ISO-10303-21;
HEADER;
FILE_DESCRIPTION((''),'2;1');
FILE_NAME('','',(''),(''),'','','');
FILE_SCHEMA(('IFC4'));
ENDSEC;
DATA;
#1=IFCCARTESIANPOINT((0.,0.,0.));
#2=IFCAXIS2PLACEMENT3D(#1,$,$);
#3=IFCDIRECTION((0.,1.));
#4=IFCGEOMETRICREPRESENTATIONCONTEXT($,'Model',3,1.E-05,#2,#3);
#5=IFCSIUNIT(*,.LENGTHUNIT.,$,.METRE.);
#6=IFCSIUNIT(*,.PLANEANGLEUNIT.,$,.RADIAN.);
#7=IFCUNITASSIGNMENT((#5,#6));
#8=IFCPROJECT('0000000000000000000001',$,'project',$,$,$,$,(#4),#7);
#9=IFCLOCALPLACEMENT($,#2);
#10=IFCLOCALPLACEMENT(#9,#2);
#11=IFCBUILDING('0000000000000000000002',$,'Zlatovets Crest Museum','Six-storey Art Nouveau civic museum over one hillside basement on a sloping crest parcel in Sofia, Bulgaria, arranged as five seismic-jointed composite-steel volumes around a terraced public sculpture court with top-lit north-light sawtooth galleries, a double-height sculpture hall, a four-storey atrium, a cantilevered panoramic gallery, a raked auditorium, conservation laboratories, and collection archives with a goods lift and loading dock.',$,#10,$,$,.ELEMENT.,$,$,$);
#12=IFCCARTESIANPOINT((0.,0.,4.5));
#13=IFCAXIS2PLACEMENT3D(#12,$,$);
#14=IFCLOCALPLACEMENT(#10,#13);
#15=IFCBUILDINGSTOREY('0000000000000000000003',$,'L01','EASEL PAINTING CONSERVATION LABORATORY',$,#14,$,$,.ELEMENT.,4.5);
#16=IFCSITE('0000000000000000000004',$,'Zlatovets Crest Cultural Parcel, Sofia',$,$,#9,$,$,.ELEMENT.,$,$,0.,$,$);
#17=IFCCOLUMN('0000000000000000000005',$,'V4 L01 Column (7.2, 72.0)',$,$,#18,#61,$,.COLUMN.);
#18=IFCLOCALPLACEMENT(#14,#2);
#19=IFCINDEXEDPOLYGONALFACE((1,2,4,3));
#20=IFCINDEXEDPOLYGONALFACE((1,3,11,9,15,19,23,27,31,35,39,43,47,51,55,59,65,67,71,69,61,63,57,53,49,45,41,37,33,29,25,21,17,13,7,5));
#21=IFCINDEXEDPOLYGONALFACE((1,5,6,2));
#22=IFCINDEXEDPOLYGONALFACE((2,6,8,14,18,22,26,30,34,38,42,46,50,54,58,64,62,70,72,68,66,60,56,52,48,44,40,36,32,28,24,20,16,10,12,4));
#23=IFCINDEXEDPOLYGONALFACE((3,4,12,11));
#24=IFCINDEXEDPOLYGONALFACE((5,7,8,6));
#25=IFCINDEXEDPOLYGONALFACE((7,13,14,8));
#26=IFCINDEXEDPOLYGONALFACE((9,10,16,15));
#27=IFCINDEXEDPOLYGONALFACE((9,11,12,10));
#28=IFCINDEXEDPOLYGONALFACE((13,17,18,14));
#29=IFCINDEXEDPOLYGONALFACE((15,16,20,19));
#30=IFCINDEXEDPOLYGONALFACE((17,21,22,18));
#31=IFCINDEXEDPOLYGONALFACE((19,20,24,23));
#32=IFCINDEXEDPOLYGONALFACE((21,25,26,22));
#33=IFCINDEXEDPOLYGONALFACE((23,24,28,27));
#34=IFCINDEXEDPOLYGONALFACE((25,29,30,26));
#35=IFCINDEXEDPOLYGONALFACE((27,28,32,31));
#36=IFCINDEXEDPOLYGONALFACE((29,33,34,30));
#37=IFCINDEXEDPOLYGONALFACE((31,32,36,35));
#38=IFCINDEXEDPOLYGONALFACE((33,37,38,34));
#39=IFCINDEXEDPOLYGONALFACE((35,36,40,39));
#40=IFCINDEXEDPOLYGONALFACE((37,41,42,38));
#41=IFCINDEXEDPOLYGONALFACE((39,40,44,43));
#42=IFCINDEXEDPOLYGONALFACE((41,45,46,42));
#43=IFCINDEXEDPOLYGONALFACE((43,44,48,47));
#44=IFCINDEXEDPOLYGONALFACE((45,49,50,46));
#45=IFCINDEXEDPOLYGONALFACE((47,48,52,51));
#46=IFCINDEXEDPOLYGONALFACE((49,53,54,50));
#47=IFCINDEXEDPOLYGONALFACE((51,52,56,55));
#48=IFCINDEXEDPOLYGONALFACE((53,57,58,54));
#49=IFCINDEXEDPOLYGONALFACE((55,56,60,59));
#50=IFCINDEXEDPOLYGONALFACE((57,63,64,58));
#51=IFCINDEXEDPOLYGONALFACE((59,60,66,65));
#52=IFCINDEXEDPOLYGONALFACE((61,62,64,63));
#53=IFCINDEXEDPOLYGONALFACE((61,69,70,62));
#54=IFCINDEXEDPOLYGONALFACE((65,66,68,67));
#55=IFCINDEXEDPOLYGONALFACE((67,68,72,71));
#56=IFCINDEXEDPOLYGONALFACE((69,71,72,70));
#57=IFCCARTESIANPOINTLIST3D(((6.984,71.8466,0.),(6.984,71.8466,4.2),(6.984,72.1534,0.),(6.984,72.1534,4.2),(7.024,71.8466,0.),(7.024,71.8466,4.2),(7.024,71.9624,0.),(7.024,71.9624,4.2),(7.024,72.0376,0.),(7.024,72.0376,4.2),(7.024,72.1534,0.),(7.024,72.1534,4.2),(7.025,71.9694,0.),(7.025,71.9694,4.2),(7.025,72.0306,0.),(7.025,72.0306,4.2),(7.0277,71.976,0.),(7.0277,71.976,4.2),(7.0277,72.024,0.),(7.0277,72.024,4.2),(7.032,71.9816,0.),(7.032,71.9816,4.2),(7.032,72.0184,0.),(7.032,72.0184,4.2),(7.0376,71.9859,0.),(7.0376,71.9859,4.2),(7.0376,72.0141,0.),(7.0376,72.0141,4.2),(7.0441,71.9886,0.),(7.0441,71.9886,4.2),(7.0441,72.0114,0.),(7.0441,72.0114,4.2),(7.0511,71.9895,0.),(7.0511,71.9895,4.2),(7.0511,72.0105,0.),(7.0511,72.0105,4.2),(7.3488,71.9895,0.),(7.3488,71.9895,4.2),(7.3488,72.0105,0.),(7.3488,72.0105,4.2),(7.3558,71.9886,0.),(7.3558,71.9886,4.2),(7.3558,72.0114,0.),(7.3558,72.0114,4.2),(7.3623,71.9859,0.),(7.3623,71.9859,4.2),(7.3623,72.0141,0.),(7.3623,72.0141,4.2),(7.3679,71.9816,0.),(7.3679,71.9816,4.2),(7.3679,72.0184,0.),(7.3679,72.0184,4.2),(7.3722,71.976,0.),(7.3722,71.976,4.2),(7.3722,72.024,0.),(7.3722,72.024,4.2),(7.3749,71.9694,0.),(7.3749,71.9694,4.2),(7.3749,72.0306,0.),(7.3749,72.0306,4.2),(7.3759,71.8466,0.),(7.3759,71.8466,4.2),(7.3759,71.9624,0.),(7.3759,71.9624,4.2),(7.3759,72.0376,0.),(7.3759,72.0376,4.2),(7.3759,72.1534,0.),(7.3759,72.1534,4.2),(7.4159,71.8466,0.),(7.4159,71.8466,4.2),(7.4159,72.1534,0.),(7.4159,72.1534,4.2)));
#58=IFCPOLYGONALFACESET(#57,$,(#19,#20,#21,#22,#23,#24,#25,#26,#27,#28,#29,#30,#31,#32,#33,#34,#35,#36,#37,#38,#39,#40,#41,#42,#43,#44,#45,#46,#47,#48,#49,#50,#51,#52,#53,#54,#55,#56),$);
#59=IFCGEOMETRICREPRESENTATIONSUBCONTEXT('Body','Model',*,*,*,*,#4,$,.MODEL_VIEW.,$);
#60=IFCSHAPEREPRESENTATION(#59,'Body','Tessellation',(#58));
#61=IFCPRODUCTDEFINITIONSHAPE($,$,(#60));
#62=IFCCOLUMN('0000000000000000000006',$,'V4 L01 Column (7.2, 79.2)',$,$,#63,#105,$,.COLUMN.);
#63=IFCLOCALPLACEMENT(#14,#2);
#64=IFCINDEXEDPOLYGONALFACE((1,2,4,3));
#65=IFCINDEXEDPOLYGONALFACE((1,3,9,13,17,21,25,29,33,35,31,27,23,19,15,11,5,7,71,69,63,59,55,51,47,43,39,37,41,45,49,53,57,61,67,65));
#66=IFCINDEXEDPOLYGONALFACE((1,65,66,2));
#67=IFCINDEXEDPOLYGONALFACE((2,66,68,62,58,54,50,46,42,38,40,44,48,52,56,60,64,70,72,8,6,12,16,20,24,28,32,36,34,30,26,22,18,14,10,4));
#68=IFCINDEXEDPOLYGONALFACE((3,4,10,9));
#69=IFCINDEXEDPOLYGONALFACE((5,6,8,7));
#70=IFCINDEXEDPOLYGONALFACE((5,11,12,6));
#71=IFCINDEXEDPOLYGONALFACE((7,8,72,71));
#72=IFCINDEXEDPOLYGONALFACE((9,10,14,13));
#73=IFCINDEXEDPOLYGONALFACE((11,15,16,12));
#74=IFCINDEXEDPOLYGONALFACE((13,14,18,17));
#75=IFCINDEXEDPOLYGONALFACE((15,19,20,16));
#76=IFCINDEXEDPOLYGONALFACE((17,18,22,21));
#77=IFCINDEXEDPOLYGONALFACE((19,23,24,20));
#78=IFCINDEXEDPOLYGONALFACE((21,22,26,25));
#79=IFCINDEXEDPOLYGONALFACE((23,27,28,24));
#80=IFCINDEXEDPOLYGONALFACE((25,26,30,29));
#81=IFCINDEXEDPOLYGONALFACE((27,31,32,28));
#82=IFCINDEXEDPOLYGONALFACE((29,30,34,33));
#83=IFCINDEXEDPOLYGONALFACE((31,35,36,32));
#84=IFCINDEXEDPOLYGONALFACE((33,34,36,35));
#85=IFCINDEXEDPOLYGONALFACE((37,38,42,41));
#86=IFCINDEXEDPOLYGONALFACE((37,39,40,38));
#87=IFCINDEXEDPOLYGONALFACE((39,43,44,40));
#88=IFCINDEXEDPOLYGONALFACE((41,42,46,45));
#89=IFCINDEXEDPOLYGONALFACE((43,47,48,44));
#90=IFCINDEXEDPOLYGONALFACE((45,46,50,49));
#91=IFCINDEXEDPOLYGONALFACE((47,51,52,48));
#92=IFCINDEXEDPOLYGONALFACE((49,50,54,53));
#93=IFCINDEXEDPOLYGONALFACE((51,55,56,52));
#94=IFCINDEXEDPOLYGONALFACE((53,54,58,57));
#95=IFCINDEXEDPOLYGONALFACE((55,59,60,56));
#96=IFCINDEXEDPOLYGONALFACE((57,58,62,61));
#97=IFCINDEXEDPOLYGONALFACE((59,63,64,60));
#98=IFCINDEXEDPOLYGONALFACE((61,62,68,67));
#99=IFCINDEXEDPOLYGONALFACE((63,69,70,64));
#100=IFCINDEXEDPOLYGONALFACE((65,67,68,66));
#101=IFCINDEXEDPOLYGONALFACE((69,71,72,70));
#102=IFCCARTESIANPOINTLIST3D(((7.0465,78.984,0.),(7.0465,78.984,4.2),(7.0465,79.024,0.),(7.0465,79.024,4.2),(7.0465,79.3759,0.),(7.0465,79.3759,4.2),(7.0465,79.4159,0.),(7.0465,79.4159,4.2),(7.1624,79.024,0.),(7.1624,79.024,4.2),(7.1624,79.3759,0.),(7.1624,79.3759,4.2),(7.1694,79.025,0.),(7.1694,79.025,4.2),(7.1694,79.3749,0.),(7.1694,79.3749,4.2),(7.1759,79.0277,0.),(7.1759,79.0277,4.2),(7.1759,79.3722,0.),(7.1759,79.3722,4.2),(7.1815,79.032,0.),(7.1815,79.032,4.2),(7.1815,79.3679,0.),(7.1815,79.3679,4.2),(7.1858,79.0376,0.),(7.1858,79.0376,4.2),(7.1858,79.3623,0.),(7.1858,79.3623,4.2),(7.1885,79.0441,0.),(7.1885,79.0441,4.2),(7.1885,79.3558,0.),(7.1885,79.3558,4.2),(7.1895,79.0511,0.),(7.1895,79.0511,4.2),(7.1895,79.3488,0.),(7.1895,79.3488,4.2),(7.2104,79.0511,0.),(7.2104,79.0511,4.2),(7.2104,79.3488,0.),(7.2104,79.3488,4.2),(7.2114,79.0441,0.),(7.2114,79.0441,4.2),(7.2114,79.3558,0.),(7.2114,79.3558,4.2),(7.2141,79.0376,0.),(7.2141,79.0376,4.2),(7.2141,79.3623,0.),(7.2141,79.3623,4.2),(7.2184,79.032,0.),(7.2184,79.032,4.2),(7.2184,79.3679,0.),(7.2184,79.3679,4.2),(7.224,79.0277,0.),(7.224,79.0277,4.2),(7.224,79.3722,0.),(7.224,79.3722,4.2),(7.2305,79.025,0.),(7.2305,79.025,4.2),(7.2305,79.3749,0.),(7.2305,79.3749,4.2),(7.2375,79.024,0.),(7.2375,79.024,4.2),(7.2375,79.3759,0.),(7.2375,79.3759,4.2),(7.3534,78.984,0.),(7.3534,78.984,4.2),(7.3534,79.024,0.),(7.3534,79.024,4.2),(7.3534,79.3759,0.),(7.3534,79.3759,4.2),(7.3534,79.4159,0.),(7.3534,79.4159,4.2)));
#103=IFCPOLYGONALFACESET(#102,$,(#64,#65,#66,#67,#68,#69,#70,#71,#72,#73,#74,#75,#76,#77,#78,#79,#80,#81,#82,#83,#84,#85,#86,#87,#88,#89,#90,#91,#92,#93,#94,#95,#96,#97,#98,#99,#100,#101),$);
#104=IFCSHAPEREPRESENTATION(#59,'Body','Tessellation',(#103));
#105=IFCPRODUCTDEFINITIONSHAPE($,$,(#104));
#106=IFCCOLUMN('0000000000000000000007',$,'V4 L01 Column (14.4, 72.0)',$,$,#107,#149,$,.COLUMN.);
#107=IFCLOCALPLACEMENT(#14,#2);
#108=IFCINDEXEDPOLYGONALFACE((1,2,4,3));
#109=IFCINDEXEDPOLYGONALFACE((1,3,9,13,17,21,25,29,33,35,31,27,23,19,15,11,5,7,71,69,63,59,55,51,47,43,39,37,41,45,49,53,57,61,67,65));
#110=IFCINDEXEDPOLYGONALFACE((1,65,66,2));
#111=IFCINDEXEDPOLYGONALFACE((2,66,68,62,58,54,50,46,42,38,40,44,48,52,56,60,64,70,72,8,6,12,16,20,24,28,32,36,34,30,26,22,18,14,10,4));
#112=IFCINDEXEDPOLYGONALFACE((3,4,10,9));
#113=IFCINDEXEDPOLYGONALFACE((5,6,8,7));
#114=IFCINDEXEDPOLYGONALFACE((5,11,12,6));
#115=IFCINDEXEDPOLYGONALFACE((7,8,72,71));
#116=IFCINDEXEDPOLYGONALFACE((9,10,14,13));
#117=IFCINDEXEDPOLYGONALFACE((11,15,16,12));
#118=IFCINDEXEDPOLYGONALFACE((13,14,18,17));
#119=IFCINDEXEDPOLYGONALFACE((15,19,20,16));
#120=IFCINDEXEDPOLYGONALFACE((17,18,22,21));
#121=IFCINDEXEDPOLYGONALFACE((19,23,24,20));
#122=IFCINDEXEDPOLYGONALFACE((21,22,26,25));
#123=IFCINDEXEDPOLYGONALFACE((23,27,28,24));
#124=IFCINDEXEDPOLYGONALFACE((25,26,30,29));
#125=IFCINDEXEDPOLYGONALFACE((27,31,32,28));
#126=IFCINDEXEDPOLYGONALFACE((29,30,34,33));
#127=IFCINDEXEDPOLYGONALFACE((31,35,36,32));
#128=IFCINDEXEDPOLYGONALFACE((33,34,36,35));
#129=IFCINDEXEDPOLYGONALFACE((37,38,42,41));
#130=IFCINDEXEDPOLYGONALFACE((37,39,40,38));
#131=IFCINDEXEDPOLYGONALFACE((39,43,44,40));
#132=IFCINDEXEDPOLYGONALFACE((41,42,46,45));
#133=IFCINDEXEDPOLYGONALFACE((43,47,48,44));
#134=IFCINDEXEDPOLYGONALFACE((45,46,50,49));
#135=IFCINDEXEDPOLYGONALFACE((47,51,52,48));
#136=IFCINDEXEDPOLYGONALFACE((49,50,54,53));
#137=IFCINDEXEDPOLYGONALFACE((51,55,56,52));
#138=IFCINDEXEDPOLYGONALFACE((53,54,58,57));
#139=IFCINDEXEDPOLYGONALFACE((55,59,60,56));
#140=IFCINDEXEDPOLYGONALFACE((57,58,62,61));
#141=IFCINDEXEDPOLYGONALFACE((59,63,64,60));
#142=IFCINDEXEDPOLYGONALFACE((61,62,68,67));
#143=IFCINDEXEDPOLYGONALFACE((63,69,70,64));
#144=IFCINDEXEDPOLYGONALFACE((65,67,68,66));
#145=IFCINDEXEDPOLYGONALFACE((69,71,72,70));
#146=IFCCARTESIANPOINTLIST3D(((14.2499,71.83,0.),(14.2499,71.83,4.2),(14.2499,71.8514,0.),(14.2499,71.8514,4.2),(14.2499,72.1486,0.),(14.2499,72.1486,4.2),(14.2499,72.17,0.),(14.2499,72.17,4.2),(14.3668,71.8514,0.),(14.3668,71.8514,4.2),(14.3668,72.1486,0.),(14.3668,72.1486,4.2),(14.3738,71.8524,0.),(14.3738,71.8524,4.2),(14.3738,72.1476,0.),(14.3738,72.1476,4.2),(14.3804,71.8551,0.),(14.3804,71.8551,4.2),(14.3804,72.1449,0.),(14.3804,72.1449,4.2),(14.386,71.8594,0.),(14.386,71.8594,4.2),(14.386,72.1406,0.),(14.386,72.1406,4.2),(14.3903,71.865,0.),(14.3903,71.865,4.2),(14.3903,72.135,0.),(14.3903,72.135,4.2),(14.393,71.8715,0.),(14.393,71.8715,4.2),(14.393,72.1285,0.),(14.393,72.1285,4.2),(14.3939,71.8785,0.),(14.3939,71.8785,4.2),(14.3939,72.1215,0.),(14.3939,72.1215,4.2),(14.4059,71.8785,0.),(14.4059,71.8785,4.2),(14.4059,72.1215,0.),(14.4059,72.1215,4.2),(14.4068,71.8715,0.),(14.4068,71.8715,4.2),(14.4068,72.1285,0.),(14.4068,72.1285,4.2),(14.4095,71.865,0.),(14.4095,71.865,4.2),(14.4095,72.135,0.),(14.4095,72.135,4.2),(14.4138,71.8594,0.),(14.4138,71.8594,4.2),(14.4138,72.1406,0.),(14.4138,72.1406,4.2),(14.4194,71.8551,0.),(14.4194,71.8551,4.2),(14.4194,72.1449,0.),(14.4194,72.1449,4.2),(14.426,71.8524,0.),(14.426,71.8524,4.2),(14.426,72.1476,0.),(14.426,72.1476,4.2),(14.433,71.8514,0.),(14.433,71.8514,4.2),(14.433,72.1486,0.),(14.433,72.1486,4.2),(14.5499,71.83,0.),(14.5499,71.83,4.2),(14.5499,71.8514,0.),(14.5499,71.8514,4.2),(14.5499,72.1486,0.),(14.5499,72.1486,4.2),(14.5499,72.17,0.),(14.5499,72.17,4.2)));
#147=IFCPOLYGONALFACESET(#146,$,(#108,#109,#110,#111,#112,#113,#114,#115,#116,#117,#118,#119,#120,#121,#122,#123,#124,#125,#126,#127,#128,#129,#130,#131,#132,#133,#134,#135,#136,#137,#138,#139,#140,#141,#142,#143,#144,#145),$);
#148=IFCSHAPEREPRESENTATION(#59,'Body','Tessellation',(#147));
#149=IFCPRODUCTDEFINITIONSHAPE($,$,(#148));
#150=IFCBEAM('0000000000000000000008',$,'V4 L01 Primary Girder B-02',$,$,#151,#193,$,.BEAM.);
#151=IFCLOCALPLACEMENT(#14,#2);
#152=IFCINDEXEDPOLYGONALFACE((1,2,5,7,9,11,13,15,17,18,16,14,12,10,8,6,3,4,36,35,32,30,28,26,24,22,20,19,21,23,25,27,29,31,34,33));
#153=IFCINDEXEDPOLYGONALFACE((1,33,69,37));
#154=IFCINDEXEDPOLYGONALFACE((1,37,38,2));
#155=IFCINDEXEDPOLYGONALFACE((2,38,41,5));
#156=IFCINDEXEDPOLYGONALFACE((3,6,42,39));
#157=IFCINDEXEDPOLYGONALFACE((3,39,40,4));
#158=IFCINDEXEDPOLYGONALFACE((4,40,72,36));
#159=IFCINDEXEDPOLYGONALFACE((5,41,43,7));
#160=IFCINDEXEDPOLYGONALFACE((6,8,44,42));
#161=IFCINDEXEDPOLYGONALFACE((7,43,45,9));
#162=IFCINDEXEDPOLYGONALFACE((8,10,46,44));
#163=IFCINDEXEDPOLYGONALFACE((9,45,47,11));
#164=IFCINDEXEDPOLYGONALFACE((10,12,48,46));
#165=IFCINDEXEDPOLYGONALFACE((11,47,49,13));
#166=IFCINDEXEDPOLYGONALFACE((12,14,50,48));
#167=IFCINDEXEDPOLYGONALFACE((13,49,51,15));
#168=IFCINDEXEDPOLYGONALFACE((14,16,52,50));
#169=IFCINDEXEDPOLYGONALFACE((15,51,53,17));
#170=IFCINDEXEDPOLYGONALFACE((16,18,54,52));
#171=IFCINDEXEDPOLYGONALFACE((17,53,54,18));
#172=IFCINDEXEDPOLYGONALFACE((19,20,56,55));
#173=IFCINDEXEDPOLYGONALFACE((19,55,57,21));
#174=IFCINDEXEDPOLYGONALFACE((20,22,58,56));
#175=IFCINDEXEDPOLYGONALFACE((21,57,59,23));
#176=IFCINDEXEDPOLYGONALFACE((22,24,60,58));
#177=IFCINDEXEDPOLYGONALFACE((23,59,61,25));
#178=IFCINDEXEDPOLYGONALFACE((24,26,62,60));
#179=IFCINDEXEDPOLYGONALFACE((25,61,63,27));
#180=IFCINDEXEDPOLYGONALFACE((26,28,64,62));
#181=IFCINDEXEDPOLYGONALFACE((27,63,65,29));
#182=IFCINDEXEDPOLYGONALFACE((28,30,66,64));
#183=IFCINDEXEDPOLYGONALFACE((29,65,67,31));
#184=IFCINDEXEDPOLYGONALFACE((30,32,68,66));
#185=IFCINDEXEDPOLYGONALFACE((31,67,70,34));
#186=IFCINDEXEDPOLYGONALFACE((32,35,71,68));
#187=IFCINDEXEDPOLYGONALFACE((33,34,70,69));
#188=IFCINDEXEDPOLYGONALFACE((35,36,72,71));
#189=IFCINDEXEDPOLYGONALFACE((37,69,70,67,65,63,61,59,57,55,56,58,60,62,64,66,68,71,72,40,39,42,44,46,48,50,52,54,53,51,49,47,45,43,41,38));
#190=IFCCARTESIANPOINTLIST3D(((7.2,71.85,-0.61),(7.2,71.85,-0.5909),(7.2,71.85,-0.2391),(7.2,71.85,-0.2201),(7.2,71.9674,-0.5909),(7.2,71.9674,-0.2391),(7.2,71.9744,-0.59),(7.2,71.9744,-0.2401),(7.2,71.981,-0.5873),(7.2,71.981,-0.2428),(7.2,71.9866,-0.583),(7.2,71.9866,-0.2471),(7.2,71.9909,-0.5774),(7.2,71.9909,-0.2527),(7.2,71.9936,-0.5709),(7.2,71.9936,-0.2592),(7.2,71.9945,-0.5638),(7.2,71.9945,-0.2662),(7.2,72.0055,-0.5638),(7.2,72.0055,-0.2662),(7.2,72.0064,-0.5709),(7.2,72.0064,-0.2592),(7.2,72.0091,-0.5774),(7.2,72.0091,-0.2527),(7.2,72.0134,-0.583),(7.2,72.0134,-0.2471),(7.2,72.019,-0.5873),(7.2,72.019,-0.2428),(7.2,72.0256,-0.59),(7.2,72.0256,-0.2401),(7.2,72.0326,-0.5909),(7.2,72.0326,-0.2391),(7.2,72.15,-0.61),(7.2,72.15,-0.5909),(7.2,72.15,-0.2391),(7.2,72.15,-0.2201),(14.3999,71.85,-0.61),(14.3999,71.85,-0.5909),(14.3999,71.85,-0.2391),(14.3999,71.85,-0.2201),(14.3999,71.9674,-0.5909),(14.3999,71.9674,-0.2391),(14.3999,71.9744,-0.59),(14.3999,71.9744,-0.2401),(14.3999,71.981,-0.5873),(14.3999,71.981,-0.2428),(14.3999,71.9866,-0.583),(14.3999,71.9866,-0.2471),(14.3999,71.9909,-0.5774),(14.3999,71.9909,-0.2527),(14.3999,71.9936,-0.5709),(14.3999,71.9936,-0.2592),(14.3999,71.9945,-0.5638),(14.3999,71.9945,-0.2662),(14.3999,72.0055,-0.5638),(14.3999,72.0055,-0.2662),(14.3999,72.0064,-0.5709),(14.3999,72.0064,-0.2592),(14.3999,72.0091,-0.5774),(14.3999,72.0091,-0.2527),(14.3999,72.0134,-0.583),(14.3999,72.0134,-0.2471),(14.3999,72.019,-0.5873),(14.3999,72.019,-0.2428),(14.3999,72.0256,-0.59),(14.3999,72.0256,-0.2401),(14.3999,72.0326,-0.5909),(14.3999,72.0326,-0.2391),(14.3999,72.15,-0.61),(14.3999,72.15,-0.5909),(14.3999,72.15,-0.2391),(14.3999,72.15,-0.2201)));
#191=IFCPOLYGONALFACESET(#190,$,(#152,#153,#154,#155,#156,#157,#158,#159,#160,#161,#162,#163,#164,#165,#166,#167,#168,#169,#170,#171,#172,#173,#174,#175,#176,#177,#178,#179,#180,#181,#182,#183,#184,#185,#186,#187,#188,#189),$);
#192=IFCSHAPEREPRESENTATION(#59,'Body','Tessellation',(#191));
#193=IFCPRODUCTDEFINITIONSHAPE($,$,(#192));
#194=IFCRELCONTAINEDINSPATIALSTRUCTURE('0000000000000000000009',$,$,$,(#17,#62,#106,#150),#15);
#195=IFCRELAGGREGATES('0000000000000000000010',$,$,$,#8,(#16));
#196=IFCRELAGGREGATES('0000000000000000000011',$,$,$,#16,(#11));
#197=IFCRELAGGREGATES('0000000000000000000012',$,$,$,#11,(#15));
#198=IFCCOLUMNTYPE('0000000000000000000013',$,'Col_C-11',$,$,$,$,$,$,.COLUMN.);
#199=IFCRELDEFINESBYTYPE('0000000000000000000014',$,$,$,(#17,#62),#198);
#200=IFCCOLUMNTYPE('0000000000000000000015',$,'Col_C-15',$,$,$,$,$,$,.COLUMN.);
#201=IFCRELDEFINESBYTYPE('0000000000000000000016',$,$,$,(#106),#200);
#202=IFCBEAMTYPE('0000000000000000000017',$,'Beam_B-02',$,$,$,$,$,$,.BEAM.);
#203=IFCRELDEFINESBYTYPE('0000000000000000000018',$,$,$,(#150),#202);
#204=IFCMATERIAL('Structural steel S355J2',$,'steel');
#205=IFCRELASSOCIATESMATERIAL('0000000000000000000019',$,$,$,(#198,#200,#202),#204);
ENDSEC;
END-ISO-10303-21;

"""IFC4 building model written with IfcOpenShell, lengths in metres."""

from ifc_helpers import new_model, si_unit, direction, frame, origin, origin_2d, place, context, subcontext, project, spatial, i_section, extrude, material, material_profile, profile_set, type_object, element, save


model = new_model("IFC4")

# Units and contexts
model_context = context("Model", 3, precision=1e-05, world=origin(), true_north=direction((0.0, 1.0)))
body_context = subcontext(model_context, "Body", "Model", "MODEL_VIEW")
ifc_project = project(units=[si_unit("LENGTHUNIT", "METRE"), si_unit("PLANEANGLEUNIT", "RADIAN")], contexts=[model_context])

# Site, building, storey
site_placement = place(None, origin())
site = spatial("IfcSite", under=ifc_project, at=site_placement, Name="Zlatovets Crest Cultural Parcel, Sofia", CompositionType="ELEMENT", RefElevation=0.0)
building_placement = place(site_placement, origin())
building = spatial("IfcBuilding", under=site, at=building_placement, Name="Zlatovets Crest Museum", Description="Six-storey Art Nouveau civic museum over one hillside basement on a sloping crest parcel in Sofia, Bulgaria, arranged as five seismic-jointed composite-steel volumes around a terraced public sculpture court with top-lit north-light sawtooth galleries, a double-height sculpture hall, a four-storey atrium, a cantilevered panoramic gallery, a raked auditorium, conservation laboratories, and collection archives with a goods lift and loading dock.", CompositionType="ELEMENT")
storey_placement = place(building_placement, frame((0.0, 0.0, 4.5)))
storey = spatial("IfcBuildingStorey", under=building, at=storey_placement, Name="L01", Description="EASEL PAINTING CONSERVATION LABORATORY", CompositionType="ELEMENT", Elevation=4.5)

# Columns
ifc_material_1 = material(Name="Structural steel S355J2", Category="steel")
ifc_material_profile_1 = material_profile(ifc_material_1, i_section(OverallWidth=0.3069, OverallDepth=0.4319, WebThickness=0.021, FlangeThickness=0.04, FilletRadius=0.0271, at=origin_2d()), Name="HEM 400")
ifc_profile_set_1 = profile_set([ifc_material_profile_1], Name="Structural steel S355J2")
column_type_1 = type_object("IfcColumnType", Name="Col_C-11", PredefinedType="COLUMN", material=ifc_profile_set_1)
for number, where, z_axis, x_axis, name in (
    (1, (7.2, 72.0, 0.0), (0.0, 0.0, 1.0), (0.0, 1.0, 0.0), "V4 L01 Column (7.2, 72.0)"),
    (2, (7.2, 79.2, 0.0), (0.0, 0.0, 1.0), (1.0, 0.0, 0.0), "V4 L01 Column (7.2, 79.2)"),
):
    element("IfcColumn", number, at=place(storey_placement, frame(where, z_axis=z_axis, x_axis=x_axis)), inside=storey, type_object=column_type_1, Name=name, PredefinedType="COLUMN", context=body_context, shape_type="SweptSolid", body=[
        extrude(i_section(OverallWidth=0.3069, OverallDepth=0.4319, WebThickness=0.021, FlangeThickness=0.04, FilletRadius=0.0271, at=origin_2d()), origin(), (0.0, 0.0, 1.0), 4.2),
    ])
ifc_material_profile_2 = material_profile(ifc_material_1, i_section(OverallWidth=0.3, OverallDepth=0.3401, WebThickness=0.012, FlangeThickness=0.0215, FilletRadius=0.0271, at=origin_2d()), Name="HEB 340")
ifc_profile_set_2 = profile_set([ifc_material_profile_2], Name="Structural steel S355J2")
column_type_2 = type_object("IfcColumnType", Name="Col_C-15", PredefinedType="COLUMN", material=ifc_profile_set_2)
column_placement = place(storey_placement, frame((14.3999, 72.0, 0.0), z_axis=(0.0, 0.0, 1.0), x_axis=(1.0, 0.0, 0.0)))
element("IfcColumn", 3, at=column_placement, inside=storey, type_object=column_type_2, Name="V4 L01 Column (14.4, 72.0)", PredefinedType="COLUMN", context=body_context, shape_type="SweptSolid", body=[
    extrude(i_section(OverallWidth=0.3, OverallDepth=0.3401, WebThickness=0.012, FlangeThickness=0.0215, FilletRadius=0.0271, at=origin_2d()), origin(), (0.0, 0.0, 1.0), 4.2),
])

# Beam
ifc_material_profile_3 = material_profile(ifc_material_1, i_section(OverallWidth=0.3, OverallDepth=0.3899, WebThickness=0.011, FlangeThickness=0.019, FilletRadius=0.0271, at=origin_2d()), Name="HEA 400")
ifc_profile_set_3 = profile_set([ifc_material_profile_3], Name="Structural steel S355J2")
beam_type_1 = type_object("IfcBeamType", Name="Beam_B-02", PredefinedType="BEAM", material=ifc_profile_set_3)
beam_1_placement = place(storey_placement, frame((7.2, 72.0, -0.415), z_axis=(1.0, 0.0, 0.0), x_axis=(0.0, 1.0, 0.0)))
element("IfcBeam", 4, at=beam_1_placement, inside=storey, type_object=beam_type_1, Name="V4 L01 Primary Girder B-02", PredefinedType="BEAM", context=body_context, shape_type="SweptSolid", body=[
    extrude(i_section(OverallWidth=0.3, OverallDepth=0.3899, WebThickness=0.011, FlangeThickness=0.019, FilletRadius=0.0271, at=origin_2d()), origin(), (0.0, 0.0, 1.0), 7.2),
])

save(model, "model.ifc")
